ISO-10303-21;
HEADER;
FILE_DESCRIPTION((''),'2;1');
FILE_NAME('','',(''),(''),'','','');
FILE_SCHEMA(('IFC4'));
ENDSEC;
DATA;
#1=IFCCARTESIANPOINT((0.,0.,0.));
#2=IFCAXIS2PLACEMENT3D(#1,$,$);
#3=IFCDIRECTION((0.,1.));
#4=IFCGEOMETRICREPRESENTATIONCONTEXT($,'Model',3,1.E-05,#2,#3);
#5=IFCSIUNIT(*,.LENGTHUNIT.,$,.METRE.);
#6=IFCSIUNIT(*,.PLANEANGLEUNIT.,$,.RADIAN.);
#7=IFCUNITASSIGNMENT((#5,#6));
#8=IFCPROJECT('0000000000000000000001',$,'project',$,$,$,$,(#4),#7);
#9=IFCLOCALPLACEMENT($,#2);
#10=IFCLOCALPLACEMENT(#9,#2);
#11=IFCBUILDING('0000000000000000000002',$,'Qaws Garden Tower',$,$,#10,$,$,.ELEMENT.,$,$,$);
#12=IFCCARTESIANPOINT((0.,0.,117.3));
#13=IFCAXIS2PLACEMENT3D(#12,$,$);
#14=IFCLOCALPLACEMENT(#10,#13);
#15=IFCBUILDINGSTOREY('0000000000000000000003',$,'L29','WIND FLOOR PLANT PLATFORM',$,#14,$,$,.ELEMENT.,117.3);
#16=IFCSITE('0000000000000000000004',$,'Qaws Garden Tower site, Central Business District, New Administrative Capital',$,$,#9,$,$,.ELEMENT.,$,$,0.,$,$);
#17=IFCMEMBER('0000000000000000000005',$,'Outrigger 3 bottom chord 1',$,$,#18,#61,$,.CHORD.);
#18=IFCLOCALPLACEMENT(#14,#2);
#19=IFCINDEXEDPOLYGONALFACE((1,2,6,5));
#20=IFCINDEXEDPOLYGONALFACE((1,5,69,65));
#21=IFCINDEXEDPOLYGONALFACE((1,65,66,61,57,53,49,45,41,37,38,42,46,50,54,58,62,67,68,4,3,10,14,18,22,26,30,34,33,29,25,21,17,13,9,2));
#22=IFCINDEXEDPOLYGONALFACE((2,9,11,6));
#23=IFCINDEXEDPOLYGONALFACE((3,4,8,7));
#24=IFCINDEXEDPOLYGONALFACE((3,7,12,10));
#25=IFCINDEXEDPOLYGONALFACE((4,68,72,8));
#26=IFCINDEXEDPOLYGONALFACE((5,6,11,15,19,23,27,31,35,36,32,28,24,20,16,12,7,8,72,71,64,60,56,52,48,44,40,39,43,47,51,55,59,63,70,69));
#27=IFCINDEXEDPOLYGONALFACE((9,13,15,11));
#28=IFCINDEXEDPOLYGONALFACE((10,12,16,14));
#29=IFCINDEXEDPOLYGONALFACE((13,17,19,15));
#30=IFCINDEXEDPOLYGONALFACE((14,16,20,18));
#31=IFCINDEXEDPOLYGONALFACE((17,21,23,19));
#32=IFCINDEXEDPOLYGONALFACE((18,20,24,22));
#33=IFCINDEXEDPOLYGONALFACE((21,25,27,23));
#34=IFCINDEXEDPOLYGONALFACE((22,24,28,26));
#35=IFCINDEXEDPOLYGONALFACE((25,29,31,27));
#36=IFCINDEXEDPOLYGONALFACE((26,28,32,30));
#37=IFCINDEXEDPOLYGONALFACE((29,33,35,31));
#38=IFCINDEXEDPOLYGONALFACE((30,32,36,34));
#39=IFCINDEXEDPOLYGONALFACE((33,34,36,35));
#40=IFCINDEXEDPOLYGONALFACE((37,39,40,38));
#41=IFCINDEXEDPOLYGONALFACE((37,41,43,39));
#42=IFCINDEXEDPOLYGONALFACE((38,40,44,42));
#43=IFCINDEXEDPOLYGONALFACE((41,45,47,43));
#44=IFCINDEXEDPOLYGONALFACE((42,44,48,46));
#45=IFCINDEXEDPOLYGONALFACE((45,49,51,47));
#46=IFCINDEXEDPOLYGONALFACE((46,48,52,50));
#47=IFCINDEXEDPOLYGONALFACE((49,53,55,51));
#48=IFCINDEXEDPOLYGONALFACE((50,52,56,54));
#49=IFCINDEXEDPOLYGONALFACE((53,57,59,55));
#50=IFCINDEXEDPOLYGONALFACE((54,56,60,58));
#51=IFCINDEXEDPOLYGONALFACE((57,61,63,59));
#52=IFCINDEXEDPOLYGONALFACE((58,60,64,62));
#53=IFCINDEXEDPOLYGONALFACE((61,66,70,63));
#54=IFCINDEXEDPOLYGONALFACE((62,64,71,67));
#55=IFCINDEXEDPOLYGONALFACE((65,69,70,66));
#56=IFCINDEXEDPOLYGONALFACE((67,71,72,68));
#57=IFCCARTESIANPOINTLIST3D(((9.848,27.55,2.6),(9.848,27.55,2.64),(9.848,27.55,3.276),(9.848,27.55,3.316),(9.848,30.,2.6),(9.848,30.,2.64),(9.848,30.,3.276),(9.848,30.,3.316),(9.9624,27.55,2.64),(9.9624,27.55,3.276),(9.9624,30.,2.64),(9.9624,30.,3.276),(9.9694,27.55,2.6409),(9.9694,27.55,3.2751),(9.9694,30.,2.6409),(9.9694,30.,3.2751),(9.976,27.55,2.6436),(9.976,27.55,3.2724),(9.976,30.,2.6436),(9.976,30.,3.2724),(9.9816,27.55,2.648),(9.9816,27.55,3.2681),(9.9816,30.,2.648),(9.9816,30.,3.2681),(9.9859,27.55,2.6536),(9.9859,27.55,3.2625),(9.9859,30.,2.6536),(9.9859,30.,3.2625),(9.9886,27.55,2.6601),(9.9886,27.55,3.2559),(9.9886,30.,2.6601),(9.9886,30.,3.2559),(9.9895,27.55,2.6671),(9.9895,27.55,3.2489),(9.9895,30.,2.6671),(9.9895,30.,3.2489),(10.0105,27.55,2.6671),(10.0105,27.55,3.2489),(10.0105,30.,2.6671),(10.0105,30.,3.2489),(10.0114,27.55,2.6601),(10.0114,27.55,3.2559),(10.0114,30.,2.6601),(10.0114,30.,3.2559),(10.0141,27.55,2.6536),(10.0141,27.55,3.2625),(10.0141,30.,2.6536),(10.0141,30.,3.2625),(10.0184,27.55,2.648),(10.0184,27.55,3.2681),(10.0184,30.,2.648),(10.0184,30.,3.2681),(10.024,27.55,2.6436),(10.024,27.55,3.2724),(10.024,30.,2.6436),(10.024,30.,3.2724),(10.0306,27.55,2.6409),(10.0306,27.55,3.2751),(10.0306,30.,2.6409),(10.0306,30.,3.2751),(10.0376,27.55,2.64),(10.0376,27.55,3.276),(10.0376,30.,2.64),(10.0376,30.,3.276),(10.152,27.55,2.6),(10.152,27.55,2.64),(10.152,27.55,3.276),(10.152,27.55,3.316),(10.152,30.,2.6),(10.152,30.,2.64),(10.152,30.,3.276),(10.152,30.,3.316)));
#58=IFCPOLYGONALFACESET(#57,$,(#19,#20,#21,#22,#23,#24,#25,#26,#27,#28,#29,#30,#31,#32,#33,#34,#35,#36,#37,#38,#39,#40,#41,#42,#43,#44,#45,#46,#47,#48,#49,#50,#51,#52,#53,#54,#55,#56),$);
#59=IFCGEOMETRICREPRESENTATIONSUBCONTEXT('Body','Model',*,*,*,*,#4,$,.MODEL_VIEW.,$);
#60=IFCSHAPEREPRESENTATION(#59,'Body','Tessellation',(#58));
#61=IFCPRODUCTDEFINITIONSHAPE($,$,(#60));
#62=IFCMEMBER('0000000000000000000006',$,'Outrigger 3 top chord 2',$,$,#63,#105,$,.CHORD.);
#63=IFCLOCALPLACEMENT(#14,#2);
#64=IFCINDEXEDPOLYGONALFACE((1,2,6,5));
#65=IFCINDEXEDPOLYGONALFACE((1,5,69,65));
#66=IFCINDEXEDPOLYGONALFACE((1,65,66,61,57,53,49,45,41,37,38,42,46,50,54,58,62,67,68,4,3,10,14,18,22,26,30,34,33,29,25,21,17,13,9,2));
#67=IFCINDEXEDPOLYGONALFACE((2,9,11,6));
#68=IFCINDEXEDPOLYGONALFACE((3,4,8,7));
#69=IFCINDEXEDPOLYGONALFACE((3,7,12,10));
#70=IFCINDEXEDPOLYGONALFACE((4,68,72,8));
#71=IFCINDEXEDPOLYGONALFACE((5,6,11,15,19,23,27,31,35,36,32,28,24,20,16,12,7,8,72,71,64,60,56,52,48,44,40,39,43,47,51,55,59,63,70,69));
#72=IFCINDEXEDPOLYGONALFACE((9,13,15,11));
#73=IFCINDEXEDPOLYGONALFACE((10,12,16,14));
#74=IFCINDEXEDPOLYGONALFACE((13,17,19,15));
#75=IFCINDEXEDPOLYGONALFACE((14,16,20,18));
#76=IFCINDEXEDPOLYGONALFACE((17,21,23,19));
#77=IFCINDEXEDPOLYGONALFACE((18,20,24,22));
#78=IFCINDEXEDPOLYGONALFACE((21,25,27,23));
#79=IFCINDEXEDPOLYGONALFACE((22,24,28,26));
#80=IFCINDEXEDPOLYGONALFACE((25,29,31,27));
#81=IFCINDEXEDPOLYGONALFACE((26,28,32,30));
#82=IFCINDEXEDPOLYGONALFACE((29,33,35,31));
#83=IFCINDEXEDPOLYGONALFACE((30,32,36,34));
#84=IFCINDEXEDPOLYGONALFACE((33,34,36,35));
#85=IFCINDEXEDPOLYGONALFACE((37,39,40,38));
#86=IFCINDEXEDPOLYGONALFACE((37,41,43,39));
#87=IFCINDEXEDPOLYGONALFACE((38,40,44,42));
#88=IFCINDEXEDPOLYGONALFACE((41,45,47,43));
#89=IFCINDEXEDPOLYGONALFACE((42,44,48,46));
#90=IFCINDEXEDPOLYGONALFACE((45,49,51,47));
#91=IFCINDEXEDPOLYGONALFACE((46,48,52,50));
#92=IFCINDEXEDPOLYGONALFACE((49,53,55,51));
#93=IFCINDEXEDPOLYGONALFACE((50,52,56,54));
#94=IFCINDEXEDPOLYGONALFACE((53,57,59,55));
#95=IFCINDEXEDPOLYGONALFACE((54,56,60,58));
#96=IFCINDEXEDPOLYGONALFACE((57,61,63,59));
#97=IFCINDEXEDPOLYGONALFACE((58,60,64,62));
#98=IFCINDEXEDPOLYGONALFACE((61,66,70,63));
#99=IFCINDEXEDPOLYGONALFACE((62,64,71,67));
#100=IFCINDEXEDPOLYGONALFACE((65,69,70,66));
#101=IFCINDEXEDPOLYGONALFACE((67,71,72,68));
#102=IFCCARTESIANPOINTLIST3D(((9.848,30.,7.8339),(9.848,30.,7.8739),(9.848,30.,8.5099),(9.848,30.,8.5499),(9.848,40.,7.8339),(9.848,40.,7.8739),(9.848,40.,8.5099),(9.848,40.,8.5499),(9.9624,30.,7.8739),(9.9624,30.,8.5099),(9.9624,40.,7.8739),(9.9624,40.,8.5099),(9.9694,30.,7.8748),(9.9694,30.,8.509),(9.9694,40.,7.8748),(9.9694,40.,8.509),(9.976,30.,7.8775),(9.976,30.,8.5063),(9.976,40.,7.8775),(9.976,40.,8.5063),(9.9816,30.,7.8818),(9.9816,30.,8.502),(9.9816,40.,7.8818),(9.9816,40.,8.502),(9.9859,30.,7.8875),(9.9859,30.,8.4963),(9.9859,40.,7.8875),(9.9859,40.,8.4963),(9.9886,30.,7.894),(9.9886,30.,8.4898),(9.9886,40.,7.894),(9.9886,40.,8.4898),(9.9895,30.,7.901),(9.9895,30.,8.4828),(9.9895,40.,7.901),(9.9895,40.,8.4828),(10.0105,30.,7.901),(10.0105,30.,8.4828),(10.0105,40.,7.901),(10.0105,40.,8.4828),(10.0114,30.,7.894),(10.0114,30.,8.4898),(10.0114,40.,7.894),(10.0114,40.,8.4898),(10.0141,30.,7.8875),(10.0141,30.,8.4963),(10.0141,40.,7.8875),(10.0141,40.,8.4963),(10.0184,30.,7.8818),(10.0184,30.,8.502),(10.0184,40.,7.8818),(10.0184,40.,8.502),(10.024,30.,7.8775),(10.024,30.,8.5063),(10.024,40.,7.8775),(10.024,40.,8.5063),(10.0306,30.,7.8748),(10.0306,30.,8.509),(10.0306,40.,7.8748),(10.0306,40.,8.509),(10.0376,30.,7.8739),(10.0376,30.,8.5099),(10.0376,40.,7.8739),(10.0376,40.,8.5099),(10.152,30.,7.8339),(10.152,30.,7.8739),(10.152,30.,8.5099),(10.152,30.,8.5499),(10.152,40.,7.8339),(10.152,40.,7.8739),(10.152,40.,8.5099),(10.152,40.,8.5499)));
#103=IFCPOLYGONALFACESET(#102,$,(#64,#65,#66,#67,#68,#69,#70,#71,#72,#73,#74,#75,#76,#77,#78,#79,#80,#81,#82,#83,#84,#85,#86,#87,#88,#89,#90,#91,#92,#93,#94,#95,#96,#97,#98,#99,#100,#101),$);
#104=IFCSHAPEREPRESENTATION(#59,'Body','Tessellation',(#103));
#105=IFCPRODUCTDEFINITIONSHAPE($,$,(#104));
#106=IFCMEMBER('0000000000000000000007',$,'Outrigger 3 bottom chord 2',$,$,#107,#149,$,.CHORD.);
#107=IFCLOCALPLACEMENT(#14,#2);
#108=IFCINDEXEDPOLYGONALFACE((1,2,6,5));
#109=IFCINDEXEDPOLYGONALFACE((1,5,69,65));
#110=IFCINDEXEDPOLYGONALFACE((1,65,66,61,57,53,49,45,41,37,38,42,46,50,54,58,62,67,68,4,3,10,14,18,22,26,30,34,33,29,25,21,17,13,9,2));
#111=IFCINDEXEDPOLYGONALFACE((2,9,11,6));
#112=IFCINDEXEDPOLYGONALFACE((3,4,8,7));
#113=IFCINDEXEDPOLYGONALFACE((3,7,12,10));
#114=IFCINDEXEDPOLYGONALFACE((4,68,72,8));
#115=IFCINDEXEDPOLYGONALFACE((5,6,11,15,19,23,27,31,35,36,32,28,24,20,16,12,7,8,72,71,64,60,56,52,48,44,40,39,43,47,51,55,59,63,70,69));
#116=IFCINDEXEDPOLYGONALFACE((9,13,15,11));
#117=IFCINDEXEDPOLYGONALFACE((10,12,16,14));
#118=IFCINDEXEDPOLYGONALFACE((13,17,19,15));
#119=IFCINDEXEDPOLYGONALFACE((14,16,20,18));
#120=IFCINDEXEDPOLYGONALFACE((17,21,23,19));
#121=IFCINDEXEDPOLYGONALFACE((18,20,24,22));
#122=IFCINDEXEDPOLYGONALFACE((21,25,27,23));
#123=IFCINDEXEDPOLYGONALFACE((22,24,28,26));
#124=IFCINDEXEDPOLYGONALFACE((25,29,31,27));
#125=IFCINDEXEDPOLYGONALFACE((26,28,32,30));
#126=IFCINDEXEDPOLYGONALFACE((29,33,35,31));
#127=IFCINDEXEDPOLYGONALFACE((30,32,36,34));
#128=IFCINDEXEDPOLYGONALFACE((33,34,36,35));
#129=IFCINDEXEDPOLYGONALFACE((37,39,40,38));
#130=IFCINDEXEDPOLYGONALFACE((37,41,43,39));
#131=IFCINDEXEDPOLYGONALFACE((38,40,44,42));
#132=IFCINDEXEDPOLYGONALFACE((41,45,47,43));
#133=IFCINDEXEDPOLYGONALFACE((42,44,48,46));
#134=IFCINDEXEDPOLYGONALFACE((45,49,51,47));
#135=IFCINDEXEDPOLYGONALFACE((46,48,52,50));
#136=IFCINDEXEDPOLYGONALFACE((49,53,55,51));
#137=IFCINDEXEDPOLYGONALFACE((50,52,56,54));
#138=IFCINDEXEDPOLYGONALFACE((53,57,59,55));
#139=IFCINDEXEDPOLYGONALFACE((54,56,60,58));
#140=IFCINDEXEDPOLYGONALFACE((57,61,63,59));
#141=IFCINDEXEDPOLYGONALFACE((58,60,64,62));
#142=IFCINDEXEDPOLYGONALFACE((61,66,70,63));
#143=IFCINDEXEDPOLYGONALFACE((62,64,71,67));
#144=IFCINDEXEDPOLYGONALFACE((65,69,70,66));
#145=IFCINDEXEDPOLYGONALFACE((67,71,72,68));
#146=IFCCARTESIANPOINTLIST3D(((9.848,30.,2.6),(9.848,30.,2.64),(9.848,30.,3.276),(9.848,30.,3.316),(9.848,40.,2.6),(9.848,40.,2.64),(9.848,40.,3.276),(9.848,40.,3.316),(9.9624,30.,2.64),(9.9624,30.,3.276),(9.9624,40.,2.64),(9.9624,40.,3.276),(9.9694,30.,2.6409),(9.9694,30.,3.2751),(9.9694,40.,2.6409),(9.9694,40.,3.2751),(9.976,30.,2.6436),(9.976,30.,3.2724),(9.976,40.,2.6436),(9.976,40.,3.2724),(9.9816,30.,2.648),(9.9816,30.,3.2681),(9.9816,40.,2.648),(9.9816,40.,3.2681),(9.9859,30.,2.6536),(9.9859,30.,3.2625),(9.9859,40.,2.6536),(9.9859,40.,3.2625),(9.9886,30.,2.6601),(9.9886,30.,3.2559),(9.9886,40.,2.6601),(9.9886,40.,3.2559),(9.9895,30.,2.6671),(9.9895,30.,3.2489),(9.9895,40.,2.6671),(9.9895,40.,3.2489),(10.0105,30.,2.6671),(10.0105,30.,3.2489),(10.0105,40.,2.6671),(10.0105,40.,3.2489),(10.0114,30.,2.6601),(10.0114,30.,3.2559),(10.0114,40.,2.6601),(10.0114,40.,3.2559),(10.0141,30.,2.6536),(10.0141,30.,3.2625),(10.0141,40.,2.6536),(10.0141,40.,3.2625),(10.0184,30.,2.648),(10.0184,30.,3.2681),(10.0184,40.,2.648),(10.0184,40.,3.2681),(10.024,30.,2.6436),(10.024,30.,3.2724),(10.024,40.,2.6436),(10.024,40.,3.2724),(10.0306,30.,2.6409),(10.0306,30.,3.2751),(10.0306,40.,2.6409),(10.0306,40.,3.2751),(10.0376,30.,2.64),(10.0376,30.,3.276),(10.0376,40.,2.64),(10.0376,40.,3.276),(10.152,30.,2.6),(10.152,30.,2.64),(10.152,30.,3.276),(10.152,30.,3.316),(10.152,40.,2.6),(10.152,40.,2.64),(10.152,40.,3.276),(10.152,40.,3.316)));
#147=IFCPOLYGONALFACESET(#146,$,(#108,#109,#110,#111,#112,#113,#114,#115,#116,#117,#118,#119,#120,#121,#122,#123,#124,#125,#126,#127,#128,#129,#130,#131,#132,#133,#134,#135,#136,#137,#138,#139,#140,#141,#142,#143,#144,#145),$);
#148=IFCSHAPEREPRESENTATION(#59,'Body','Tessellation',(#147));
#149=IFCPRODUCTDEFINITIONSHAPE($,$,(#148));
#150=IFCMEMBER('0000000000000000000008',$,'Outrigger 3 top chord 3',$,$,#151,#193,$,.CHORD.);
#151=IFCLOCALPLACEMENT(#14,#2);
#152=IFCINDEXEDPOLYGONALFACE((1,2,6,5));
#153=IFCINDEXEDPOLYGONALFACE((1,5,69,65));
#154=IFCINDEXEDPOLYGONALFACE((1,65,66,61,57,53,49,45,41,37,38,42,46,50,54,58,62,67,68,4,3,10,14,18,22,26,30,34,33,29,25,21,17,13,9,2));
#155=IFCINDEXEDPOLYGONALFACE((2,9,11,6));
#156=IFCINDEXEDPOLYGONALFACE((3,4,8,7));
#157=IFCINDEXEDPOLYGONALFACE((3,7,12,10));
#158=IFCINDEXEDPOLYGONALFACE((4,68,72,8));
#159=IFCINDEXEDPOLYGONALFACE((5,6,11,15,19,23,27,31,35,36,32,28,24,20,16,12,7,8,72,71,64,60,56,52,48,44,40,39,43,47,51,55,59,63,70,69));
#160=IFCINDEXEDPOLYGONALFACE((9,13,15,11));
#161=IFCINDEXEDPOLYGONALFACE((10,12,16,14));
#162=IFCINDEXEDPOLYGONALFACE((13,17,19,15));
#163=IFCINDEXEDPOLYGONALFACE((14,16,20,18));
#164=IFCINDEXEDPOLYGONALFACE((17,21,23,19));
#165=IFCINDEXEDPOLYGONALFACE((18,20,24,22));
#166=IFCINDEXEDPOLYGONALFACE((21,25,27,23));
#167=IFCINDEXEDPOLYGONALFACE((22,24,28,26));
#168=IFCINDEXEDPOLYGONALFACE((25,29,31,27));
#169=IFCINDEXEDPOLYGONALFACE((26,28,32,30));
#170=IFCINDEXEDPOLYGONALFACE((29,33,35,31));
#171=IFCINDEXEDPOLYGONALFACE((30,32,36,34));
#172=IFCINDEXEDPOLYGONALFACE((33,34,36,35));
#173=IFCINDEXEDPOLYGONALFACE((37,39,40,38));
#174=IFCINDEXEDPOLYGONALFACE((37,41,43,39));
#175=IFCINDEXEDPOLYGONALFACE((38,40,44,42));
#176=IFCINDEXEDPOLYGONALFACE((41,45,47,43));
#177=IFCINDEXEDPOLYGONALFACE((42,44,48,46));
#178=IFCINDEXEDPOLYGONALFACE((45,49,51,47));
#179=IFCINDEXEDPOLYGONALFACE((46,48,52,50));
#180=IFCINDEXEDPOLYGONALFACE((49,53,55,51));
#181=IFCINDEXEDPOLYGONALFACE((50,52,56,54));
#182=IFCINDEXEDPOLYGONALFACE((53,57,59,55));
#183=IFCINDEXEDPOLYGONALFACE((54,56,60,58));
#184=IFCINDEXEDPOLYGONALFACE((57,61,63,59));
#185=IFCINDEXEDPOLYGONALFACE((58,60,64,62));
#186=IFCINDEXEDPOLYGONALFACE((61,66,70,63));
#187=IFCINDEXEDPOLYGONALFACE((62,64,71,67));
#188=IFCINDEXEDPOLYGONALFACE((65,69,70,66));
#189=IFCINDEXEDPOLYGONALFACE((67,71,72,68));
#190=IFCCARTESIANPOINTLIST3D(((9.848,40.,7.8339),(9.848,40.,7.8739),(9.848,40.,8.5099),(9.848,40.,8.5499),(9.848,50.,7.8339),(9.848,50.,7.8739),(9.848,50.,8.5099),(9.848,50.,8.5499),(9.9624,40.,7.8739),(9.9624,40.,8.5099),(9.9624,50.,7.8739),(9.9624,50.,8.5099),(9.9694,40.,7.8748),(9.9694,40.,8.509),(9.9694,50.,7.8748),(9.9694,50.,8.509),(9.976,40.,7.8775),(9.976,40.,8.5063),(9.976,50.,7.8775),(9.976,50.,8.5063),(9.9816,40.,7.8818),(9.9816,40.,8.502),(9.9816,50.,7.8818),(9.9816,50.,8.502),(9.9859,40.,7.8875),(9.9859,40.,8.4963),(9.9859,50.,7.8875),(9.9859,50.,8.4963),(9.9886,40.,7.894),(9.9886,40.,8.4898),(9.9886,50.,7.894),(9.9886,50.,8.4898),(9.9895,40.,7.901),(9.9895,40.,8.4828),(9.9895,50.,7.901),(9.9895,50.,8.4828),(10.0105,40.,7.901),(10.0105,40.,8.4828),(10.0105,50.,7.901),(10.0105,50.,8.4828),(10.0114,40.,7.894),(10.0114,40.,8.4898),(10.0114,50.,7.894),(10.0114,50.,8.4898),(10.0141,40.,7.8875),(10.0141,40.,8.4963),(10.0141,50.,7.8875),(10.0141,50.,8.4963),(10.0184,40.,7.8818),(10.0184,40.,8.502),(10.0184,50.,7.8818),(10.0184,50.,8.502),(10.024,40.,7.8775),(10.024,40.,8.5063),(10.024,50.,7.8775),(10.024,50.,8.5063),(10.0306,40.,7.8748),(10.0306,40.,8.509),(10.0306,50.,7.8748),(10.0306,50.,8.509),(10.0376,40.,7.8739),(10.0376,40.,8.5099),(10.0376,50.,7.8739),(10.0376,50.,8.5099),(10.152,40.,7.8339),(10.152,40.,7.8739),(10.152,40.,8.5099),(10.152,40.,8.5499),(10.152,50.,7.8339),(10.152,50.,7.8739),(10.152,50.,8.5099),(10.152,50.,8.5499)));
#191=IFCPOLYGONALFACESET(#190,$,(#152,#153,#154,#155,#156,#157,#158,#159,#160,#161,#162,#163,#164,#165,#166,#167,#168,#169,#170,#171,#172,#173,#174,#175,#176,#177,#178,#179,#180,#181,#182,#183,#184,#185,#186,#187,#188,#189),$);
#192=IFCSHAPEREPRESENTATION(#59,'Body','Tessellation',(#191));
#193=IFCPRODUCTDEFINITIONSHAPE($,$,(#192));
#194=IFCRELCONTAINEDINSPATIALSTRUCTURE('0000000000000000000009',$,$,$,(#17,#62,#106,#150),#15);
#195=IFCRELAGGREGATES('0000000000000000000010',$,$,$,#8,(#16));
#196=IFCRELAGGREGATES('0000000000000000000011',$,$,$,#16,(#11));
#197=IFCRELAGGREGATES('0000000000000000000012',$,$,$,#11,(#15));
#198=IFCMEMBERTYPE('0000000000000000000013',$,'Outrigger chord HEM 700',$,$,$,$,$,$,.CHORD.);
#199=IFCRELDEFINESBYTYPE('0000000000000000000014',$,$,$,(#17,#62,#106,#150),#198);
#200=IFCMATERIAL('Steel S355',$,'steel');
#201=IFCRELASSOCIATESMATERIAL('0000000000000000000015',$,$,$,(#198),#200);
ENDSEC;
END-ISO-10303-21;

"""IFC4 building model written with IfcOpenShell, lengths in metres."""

from ifc_helpers import new_model, si_unit, direction, frame, origin, origin_2d, place, context, subcontext, project, spatial, i_section, extrude, material, material_profile, profile_set, type_object, element, save


model = new_model("IFC4")

# Units and contexts
model_context = context("Model", 3, precision=1e-05, world=origin(), true_north=direction((0.0, 1.0)))
body_context = subcontext(model_context, "Body", "Model", "MODEL_VIEW")
ifc_project = project(units=[si_unit("LENGTHUNIT", "METRE"), si_unit("PLANEANGLEUNIT", "RADIAN")], contexts=[model_context])

# Site, building, storey
site_placement = place(None, origin())
site = spatial("IfcSite", under=ifc_project, at=site_placement, Name="Qaws Garden Tower site, Central Business District, New Administrative Capital", CompositionType="ELEMENT", RefElevation=0.0)
building_placement = place(site_placement, origin())
building = spatial("IfcBuilding", under=site, at=building_placement, Name="Qaws Garden Tower", CompositionType="ELEMENT")
storey_placement = place(building_placement, frame((0.0, 0.0, 117.3)))
storey = spatial("IfcBuildingStorey", under=building, at=storey_placement, Name="L29", Description="WIND FLOOR PLANT PLATFORM", CompositionType="ELEMENT", Elevation=117.3)

# Members
ifc_material_1 = material(Name="Steel S355", Category="steel")
ifc_material_profile_1 = material_profile(ifc_material_1, i_section(OverallWidth=0.304, OverallDepth=0.7161, WebThickness=0.021, FlangeThickness=0.04, FilletRadius=0.0271, at=origin_2d()), Name="HEM 700")
ifc_profile_set_1 = profile_set([ifc_material_profile_1], Name="Steel S355")
member_type_1 = type_object("IfcMemberType", Name="Outrigger chord HEM 700", PredefinedType="CHORD", material=ifc_profile_set_1)
member_1_placement = place(storey_placement, frame((10.0, 27.55, 2.958), z_axis=(0.0, 1.0, 0.0), x_axis=(-1.0, 0.0, 0.0)))
element("IfcMember", 1, at=member_1_placement, inside=storey, type_object=member_type_1, Name="Outrigger 3 bottom chord 1", PredefinedType="CHORD", context=body_context, shape_type="SweptSolid", body=[
    extrude(i_section(OverallWidth=0.304, OverallDepth=0.7161, WebThickness=0.021, FlangeThickness=0.04, FilletRadius=0.0271, at=origin_2d()), origin(), (0.0, 0.0, 1.0), 2.45),
])
for number, where, z_axis, x_axis, name in (
    (2, (10.0, 30.0, 8.1919), (0.0, 1.0, 0.0), (-1.0, 0.0, 0.0), "Outrigger 3 top chord 2"),
    (3, (10.0, 30.0, 2.958), (0.0, 1.0, 0.0), (-1.0, 0.0, 0.0), "Outrigger 3 bottom chord 2"),
    (4, (10.0, 40.0, 8.1919), (0.0, 1.0, 0.0), (-1.0, 0.0, 0.0), "Outrigger 3 top chord 3"),
):
    element("IfcMember", number, at=place(storey_placement, frame(where, z_axis=z_axis, x_axis=x_axis)), inside=storey, type_object=member_type_1, Name=name, PredefinedType="CHORD", context=body_context, shape_type="SweptSolid", body=[
        extrude(i_section(OverallWidth=0.304, OverallDepth=0.7161, WebThickness=0.021, FlangeThickness=0.04, FilletRadius=0.0271, at=origin_2d()), origin(), (0.0, 0.0, 1.0), 10.0),
    ])

save(model, "model.ifc")
